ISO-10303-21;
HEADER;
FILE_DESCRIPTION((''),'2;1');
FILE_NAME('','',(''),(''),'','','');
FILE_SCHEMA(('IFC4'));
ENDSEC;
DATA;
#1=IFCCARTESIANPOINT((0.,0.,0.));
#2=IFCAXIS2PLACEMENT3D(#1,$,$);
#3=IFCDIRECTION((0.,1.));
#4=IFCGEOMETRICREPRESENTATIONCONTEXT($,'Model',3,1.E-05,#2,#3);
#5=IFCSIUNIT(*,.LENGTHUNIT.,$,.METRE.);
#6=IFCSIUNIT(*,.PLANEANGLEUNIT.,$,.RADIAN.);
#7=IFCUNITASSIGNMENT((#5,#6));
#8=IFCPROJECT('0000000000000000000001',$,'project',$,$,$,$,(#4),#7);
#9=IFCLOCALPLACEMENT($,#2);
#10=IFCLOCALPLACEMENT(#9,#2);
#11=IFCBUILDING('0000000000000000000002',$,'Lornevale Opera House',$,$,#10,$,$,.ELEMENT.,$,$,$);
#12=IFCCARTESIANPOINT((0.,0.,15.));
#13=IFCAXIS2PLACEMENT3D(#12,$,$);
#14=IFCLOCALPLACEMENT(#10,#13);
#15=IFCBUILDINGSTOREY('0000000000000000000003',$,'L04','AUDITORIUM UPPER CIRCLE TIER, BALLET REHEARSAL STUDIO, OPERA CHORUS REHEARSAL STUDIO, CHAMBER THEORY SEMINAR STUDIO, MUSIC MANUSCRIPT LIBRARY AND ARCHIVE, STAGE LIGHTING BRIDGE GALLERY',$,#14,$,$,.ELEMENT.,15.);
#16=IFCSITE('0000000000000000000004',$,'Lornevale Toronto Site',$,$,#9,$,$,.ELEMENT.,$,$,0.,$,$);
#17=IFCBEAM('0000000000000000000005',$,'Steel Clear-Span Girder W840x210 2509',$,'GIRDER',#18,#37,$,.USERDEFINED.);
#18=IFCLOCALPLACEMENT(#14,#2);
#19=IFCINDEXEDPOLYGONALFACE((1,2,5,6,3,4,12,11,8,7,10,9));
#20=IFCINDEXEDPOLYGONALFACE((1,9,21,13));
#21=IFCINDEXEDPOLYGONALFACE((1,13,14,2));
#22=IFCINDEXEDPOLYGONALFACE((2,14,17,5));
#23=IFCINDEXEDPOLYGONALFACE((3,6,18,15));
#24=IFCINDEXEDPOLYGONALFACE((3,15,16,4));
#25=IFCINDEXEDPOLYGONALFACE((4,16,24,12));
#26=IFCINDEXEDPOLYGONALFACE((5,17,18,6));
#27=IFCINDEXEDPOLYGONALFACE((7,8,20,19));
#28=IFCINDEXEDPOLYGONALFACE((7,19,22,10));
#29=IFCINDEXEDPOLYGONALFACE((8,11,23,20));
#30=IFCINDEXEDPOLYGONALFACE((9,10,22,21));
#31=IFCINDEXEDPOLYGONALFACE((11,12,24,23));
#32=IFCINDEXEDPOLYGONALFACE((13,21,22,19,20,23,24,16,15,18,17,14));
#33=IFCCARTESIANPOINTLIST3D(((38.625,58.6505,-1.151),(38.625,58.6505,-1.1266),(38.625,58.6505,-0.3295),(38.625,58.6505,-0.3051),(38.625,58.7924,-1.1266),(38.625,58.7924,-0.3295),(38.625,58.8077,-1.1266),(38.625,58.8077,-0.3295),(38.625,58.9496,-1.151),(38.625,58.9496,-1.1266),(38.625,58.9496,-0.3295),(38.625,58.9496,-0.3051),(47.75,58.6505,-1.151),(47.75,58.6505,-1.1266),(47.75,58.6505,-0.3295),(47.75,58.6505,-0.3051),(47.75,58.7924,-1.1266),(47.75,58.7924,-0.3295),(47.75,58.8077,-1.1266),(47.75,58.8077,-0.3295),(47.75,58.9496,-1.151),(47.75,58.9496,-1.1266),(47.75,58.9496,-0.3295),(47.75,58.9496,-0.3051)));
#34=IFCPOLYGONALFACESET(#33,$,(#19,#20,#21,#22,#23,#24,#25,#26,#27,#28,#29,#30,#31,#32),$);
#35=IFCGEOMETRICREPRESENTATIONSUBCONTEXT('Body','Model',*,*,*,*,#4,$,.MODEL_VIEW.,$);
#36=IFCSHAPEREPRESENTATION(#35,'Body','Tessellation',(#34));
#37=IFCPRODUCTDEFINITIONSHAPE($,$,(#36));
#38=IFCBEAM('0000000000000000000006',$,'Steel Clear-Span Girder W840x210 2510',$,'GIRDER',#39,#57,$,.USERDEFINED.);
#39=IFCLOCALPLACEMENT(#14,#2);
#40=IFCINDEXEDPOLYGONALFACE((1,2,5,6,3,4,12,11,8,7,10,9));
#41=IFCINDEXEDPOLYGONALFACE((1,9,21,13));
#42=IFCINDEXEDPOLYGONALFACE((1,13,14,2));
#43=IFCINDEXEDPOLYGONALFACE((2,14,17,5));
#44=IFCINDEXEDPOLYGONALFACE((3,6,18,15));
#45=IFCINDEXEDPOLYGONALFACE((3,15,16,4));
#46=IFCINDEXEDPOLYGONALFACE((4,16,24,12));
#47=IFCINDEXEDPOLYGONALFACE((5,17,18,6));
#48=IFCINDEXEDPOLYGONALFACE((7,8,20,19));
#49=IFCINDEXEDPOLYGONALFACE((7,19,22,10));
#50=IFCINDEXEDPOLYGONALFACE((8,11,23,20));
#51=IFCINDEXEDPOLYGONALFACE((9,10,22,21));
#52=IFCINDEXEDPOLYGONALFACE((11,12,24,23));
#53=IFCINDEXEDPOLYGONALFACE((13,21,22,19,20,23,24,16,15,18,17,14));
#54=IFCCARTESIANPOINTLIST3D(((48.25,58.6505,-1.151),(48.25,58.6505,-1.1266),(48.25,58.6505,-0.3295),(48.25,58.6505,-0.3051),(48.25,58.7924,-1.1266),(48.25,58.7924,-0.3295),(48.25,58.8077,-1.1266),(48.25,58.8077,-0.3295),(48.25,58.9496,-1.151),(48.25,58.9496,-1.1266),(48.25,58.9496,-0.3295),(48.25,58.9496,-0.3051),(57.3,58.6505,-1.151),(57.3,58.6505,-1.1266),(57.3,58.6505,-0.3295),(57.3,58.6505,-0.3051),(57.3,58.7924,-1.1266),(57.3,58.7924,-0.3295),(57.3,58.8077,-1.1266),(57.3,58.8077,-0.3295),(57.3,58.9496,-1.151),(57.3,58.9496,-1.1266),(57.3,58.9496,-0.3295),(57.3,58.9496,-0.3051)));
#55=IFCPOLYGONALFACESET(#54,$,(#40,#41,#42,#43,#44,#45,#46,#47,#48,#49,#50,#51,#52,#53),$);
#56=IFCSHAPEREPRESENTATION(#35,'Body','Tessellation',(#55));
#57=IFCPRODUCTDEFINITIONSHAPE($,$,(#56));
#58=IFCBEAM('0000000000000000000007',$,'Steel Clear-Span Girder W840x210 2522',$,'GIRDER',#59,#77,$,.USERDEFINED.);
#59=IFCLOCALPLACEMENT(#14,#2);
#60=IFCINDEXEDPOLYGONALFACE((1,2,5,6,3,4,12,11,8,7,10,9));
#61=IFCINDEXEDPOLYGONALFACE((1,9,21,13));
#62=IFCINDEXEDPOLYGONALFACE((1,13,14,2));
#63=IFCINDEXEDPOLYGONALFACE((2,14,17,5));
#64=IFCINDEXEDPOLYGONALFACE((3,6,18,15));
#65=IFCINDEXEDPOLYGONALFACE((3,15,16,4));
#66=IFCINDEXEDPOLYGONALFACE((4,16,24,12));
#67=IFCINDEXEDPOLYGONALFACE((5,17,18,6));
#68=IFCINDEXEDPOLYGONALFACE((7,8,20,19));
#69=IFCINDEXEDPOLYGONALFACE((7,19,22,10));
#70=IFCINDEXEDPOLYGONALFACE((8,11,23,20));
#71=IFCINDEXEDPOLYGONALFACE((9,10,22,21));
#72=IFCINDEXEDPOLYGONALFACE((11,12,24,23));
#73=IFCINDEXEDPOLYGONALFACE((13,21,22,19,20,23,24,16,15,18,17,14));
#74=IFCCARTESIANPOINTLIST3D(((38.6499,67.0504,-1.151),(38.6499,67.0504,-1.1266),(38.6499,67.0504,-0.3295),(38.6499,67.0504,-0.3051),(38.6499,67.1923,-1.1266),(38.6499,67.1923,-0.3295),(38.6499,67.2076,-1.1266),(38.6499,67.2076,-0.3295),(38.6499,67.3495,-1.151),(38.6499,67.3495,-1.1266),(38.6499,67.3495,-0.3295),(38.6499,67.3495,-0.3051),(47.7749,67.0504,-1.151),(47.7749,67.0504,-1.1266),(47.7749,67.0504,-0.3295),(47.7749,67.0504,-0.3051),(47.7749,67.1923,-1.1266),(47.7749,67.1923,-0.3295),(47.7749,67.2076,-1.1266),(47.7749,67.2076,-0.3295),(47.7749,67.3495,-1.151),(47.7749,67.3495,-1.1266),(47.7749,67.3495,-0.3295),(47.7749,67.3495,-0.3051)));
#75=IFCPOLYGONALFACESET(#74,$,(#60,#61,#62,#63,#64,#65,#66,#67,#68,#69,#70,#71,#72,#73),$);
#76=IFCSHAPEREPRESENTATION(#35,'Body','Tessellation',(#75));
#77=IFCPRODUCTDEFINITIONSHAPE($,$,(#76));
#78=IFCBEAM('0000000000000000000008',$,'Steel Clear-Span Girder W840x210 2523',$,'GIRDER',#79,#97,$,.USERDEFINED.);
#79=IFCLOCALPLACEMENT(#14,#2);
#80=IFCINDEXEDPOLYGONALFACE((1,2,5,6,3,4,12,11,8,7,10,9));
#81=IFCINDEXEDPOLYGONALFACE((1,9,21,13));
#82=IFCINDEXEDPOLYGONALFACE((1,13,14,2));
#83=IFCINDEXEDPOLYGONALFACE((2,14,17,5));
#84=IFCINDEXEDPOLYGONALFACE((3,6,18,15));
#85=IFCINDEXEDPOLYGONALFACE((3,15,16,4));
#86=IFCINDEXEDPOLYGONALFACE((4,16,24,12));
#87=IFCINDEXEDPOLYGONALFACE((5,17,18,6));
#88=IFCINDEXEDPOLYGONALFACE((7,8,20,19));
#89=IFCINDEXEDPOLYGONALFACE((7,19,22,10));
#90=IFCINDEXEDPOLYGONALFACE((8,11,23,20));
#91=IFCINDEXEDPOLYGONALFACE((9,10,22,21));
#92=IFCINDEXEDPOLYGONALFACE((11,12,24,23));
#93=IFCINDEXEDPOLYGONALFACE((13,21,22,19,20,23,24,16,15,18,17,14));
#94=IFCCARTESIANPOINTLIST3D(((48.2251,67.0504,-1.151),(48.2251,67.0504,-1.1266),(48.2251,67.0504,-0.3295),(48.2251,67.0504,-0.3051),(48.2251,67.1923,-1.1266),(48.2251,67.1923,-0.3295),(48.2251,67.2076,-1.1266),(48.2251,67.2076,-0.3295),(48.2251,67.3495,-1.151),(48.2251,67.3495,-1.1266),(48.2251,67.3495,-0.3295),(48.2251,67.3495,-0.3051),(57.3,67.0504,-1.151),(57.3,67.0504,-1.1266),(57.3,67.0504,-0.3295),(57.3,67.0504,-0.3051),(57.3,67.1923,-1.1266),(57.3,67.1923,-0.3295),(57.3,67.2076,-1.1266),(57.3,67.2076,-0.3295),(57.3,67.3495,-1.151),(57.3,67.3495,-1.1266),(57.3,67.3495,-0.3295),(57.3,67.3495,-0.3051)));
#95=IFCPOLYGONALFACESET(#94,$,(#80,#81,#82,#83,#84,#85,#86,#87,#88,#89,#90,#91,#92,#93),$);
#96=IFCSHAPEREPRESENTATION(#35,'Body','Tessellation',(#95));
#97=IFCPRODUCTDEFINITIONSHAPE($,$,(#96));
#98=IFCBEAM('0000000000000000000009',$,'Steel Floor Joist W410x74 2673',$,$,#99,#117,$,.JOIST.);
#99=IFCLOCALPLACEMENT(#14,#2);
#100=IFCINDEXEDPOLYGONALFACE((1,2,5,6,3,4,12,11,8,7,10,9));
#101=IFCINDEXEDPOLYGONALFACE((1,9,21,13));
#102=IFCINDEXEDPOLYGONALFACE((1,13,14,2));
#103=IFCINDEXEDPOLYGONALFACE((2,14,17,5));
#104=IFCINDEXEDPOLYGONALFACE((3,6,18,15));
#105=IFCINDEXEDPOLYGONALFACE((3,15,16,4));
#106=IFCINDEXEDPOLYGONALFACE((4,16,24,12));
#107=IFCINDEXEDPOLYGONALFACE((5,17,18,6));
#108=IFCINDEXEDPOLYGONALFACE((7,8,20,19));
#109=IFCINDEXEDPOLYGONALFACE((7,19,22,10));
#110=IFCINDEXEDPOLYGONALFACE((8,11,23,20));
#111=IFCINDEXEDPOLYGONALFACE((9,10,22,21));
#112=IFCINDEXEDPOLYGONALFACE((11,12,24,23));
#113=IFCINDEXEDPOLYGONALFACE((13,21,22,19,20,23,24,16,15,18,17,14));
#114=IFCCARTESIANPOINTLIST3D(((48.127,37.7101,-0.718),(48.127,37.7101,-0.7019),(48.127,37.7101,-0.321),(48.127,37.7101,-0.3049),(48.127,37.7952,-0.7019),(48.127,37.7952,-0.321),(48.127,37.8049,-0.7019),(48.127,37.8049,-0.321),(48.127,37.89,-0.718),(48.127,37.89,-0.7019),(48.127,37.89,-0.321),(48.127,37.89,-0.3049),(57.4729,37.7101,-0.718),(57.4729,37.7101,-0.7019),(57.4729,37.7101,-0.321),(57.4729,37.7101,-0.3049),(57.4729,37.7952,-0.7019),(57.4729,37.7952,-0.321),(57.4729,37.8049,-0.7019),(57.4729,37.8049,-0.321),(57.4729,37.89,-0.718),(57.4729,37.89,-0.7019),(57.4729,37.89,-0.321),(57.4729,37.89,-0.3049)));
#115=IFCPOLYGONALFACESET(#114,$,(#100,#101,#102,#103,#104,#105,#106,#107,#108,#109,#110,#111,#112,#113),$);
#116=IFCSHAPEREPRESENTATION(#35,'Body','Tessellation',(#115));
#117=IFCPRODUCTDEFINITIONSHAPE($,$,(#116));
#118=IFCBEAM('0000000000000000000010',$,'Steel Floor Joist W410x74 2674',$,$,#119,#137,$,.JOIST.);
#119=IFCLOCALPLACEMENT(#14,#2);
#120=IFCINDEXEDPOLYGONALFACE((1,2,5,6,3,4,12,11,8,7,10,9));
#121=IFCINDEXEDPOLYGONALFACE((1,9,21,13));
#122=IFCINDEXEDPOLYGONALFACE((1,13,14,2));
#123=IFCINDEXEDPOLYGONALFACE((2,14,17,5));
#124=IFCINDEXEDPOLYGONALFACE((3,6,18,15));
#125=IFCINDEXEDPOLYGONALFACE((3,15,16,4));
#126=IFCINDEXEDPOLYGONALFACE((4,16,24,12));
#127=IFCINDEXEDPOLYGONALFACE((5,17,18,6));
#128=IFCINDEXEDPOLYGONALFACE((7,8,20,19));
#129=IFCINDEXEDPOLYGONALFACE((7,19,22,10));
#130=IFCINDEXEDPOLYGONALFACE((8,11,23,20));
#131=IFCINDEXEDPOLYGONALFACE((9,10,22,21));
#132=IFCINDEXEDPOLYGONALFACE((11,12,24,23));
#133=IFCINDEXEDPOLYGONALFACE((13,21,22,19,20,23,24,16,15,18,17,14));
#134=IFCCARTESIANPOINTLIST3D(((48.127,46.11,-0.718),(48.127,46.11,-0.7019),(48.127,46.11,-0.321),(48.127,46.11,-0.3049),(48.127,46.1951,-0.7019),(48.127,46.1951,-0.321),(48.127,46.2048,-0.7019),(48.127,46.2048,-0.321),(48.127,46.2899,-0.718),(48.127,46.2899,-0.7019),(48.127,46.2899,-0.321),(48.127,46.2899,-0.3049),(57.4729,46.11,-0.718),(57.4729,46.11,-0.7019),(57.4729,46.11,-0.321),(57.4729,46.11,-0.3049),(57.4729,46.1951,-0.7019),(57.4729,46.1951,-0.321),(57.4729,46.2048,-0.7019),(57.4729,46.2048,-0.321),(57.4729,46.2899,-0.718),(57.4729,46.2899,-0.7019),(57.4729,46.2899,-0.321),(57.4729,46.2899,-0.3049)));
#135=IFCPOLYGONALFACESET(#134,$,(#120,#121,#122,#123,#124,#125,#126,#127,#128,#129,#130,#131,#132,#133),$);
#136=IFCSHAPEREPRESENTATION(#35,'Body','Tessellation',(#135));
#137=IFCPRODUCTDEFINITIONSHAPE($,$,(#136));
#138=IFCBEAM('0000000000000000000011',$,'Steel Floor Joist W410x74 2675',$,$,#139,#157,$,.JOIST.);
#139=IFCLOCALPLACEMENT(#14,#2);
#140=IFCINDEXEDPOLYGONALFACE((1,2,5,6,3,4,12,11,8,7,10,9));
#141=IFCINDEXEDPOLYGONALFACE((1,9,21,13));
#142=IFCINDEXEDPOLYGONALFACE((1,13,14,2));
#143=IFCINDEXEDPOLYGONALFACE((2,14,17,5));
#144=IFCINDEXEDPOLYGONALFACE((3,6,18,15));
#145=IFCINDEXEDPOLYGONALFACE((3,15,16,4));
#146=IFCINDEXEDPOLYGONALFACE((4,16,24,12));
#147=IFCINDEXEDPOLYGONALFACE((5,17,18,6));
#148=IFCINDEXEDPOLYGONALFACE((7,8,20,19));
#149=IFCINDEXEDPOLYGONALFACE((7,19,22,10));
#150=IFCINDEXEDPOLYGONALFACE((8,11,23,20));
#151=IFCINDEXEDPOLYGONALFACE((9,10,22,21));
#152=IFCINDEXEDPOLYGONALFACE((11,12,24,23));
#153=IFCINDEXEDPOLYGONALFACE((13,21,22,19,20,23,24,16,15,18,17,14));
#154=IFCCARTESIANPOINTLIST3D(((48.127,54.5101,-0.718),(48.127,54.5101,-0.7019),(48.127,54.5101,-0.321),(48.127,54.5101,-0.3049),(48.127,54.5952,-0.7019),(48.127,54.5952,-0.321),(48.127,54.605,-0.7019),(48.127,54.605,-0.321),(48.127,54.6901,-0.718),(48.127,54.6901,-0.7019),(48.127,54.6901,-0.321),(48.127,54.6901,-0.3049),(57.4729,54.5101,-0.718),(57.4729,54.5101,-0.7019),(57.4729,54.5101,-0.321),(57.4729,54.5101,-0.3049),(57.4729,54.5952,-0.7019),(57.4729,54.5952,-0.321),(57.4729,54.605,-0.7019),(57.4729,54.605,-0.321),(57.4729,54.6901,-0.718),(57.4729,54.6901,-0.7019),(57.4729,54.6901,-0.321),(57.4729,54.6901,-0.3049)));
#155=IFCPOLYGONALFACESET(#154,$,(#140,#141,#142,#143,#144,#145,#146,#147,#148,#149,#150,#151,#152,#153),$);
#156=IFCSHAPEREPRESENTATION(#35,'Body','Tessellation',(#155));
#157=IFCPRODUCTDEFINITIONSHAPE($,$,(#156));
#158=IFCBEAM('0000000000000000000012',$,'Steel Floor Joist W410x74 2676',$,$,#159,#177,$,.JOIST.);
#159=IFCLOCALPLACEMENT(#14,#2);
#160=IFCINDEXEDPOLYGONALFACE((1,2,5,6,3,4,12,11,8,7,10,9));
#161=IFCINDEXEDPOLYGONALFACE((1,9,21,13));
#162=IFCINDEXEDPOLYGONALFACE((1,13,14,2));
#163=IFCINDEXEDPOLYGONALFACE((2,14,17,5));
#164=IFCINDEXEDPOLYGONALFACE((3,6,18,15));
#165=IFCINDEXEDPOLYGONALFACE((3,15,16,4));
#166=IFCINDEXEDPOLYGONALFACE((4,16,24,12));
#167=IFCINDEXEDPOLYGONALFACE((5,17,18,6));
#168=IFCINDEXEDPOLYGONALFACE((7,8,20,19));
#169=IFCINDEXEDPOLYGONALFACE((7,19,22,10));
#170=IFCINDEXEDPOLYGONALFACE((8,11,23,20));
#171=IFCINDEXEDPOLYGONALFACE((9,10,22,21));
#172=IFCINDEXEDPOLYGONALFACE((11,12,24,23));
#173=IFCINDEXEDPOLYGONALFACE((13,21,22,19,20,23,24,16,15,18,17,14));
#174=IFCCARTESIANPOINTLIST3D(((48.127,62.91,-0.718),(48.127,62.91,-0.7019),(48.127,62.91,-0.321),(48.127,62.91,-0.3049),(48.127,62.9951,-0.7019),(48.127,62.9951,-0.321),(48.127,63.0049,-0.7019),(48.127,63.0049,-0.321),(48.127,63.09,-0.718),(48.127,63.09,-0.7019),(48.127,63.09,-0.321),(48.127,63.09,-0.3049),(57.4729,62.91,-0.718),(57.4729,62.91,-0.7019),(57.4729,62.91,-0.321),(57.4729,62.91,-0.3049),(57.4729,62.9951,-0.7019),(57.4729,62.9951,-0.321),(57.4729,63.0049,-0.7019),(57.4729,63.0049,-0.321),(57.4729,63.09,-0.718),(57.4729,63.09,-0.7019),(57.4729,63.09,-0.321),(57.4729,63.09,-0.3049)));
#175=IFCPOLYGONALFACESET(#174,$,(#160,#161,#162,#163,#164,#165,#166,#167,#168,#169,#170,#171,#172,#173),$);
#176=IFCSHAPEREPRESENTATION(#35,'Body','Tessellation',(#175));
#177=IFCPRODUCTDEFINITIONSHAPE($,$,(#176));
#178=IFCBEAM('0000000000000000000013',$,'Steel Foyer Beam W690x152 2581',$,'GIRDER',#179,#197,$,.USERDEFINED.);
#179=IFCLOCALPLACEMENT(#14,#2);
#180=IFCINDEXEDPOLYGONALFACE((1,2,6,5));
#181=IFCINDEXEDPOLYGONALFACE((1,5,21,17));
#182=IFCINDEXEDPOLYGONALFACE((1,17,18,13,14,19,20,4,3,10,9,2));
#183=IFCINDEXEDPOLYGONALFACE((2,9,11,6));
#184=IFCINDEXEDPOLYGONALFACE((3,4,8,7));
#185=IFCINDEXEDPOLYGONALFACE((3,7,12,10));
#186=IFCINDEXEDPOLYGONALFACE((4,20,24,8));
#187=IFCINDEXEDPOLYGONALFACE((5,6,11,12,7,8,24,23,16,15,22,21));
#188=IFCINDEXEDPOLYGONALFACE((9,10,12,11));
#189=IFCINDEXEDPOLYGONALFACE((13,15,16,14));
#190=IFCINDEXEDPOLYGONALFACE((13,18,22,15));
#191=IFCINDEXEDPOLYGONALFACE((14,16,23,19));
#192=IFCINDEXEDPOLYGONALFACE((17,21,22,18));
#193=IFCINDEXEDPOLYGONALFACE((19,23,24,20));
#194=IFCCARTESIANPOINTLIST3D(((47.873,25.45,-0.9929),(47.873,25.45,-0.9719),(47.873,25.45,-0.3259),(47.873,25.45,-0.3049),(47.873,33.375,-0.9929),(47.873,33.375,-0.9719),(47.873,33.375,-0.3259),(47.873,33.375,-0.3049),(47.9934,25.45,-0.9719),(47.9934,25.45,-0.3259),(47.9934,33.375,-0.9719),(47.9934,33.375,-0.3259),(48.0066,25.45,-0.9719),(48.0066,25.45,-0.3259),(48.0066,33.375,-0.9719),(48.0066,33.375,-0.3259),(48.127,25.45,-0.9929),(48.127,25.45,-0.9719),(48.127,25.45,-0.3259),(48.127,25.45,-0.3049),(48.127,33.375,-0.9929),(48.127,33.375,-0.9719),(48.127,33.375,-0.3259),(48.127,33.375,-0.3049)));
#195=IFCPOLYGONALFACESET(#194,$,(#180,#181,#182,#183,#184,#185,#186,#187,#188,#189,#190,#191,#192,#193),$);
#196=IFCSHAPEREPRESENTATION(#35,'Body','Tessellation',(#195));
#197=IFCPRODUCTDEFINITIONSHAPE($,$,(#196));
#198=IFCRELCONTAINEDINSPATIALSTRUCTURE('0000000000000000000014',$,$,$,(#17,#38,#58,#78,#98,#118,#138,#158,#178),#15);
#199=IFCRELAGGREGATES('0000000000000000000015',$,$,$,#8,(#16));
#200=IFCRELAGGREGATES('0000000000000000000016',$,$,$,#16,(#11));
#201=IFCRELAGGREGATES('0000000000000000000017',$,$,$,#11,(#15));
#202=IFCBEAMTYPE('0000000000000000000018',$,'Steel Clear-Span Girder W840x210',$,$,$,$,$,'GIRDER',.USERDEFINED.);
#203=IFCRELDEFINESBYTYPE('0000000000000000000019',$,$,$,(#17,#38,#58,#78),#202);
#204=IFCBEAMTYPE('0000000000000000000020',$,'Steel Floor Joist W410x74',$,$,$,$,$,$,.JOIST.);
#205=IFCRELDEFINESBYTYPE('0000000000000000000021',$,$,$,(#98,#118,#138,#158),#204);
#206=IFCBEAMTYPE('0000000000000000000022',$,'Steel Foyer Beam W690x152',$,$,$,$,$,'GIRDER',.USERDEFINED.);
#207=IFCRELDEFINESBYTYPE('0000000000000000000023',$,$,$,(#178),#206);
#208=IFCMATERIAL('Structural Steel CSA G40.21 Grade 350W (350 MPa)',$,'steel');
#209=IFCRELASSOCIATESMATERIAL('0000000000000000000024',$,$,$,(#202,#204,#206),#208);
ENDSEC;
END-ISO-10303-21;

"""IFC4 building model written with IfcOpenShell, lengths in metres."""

from ifc_helpers import new_model, si_unit, direction, frame, origin, origin_2d, place, context, subcontext, project, spatial, i_section, extrude, material, material_profile, profile_set, type_object, element, save


model = new_model("IFC4")

# Units and contexts
model_context = context("Model", 3, precision=1e-05, world=origin(), true_north=direction((0.0, 1.0)))
body_context = subcontext(model_context, "Body", "Model", "MODEL_VIEW")
ifc_project = project(units=[si_unit("LENGTHUNIT", "METRE"), si_unit("PLANEANGLEUNIT", "RADIAN")], contexts=[model_context])

# Site, building, storey
site_placement = place(None, origin())
site = spatial("IfcSite", under=ifc_project, at=site_placement, Name="Lornevale Toronto Site", CompositionType="ELEMENT", RefElevation=0.0)
building_placement = place(site_placement, origin())
building = spatial("IfcBuilding", under=site, at=building_placement, Name="Lornevale Opera House", CompositionType="ELEMENT")
storey_placement = place(building_placement, frame((0.0, 0.0, 15.0)))
storey = spatial("IfcBuildingStorey", under=building, at=storey_placement, Name="L04", Description="AUDITORIUM UPPER CIRCLE TIER, BALLET REHEARSAL STUDIO, OPERA CHORUS REHEARSAL STUDIO, CHAMBER THEORY SEMINAR STUDIO, MUSIC MANUSCRIPT LIBRARY AND ARCHIVE, STAGE LIGHTING BRIDGE GALLERY", CompositionType="ELEMENT", Elevation=15.0)

# Shared definitions
ifc_material_1 = material(Name="Structural Steel CSA G40.21 Grade 350W (350 MPa)", Category="steel")

# Beams
ifc_material_profile_1 = material_profile(ifc_material_1, i_section(OverallWidth=0.2991, OverallDepth=0.8459, WebThickness=0.0154, FlangeThickness=0.0244, at=origin_2d()), Name="W840x210")
ifc_profile_set_1 = profile_set([ifc_material_profile_1], Name="Structural Steel CSA G40.21 Grade 350W (350 MPa)")
beam_type_1 = type_object("IfcBeamType", Name="Steel Clear-Span Girder W840x210", ElementType="GIRDER", PredefinedType="USERDEFINED", material=ifc_profile_set_1)
beam_1_placement = place(storey_placement, frame((38.625, 58.8, -0.728), z_axis=(1.0, 0.0, 0.0), x_axis=(0.0, 1.0, 0.0)))
element("IfcBeam", 1, at=beam_1_placement, inside=storey, type_object=beam_type_1, Name="Steel Clear-Span Girder W840x210 2509", ObjectType="GIRDER", PredefinedType="USERDEFINED", context=body_context, shape_type="SweptSolid", body=[
    extrude(i_section(OverallWidth=0.2991, OverallDepth=0.8459, WebThickness=0.0154, FlangeThickness=0.0244, at=origin_2d()), origin(), (0.0, 0.0, 1.0), 9.125),
])
beam_2_placement = place(storey_placement, frame((48.25, 58.8, -0.728), z_axis=(1.0, 0.0, 0.0), x_axis=(0.0, 1.0, 0.0)))
element("IfcBeam", 2, at=beam_2_placement, inside=storey, type_object=beam_type_1, Name="Steel Clear-Span Girder W840x210 2510", ObjectType="GIRDER", PredefinedType="USERDEFINED", context=body_context, shape_type="SweptSolid", body=[
    extrude(i_section(OverallWidth=0.2991, OverallDepth=0.8459, WebThickness=0.0154, FlangeThickness=0.0244, at=origin_2d()), origin(), (0.0, 0.0, 1.0), 9.05),
])
beam_3_placement = place(storey_placement, frame((38.6499, 67.2, -0.728), z_axis=(1.0, 0.0, 0.0), x_axis=(0.0, 1.0, 0.0)))
element("IfcBeam", 3, at=beam_3_placement, inside=storey, type_object=beam_type_1, Name="Steel Clear-Span Girder W840x210 2522", ObjectType="GIRDER", PredefinedType="USERDEFINED", context=body_context, shape_type="SweptSolid", body=[
    extrude(i_section(OverallWidth=0.2991, OverallDepth=0.8459, WebThickness=0.0154, FlangeThickness=0.0244, at=origin_2d()), origin(), (0.0, 0.0, 1.0), 9.125),
])
beam_4_placement = place(storey_placement, frame((48.2251, 67.2, -0.728), z_axis=(1.0, 0.0, 0.0), x_axis=(0.0, 1.0, 0.0)))
element("IfcBeam", 4, at=beam_4_placement, inside=storey, type_object=beam_type_1, Name="Steel Clear-Span Girder W840x210 2523", ObjectType="GIRDER", PredefinedType="USERDEFINED", context=body_context, shape_type="SweptSolid", body=[
    extrude(i_section(OverallWidth=0.2991, OverallDepth=0.8459, WebThickness=0.0154, FlangeThickness=0.0244, at=origin_2d()), origin(), (0.0, 0.0, 1.0), 9.075),
])
ifc_material_profile_2 = material_profile(ifc_material_1, i_section(OverallWidth=0.1799, OverallDepth=0.4131, WebThickness=0.0098, FlangeThickness=0.0161, at=origin_2d()), Name="W410x74")
ifc_profile_set_2 = profile_set([ifc_material_profile_2], Name="Structural Steel CSA G40.21 Grade 350W (350 MPa)")
beam_type_2 = type_object("IfcBeamType", Name="Steel Floor Joist W410x74", PredefinedType="JOIST", material=ifc_profile_set_2)
for number, where, z_axis, x_axis, name in (
    (5, (48.127, 37.8, -0.5115), (1.0, 0.0, 0.0), (0.0, 1.0, 0.0), "Steel Floor Joist W410x74 2673"),
    (6, (48.127, 46.2, -0.5115), (1.0, 0.0, 0.0), (0.0, 1.0, 0.0), "Steel Floor Joist W410x74 2674"),
    (7, (48.127, 54.6001, -0.5115), (1.0, 0.0, 0.0), (0.0, 1.0, 0.0), "Steel Floor Joist W410x74 2675"),
    (8, (48.127, 63.0, -0.5115), (1.0, 0.0, 0.0), (0.0, 1.0, 0.0), "Steel Floor Joist W410x74 2676"),
):
    element("IfcBeam", number, at=place(storey_placement, frame(where, z_axis=z_axis, x_axis=x_axis)), inside=storey, type_object=beam_type_2, Name=name, PredefinedType="JOIST", context=body_context, shape_type="SweptSolid", body=[
        extrude(i_section(OverallWidth=0.1799, OverallDepth=0.4131, WebThickness=0.0098, FlangeThickness=0.0161, at=origin_2d()), origin(), (0.0, 0.0, 1.0), 9.3459),
    ])
ifc_material_profile_3 = material_profile(ifc_material_1, i_section(OverallWidth=0.2539, OverallDepth=0.688, WebThickness=0.0132, FlangeThickness=0.021, at=origin_2d()), Name="W690x152")
ifc_profile_set_3 = profile_set([ifc_material_profile_3], Name="Structural Steel CSA G40.21 Grade 350W (350 MPa)")
beam_type_3 = type_object("IfcBeamType", Name="Steel Foyer Beam W690x152", ElementType="GIRDER", PredefinedType="USERDEFINED", material=ifc_profile_set_3)
for number, where, z_axis, x_axis, name in (
    (9, (48.0, 25.45, -0.6489), (0.0, 1.0, 0.0), (-1.0, 0.0, 0.0), "Steel Foyer Beam W690x152 2581"),
):
    element("IfcBeam", number, at=place(storey_placement, frame(where, z_axis=z_axis, x_axis=x_axis)), inside=storey, type_object=beam_type_3, Name=name, ObjectType="GIRDER", PredefinedType="USERDEFINED", context=body_context, shape_type="SweptSolid", body=[
        extrude(i_section(OverallWidth=0.2539, OverallDepth=0.688, WebThickness=0.0132, FlangeThickness=0.021, at=origin_2d()), origin(), (0.0, 0.0, 1.0), 7.925),
    ])

save(model, "model.ifc")
